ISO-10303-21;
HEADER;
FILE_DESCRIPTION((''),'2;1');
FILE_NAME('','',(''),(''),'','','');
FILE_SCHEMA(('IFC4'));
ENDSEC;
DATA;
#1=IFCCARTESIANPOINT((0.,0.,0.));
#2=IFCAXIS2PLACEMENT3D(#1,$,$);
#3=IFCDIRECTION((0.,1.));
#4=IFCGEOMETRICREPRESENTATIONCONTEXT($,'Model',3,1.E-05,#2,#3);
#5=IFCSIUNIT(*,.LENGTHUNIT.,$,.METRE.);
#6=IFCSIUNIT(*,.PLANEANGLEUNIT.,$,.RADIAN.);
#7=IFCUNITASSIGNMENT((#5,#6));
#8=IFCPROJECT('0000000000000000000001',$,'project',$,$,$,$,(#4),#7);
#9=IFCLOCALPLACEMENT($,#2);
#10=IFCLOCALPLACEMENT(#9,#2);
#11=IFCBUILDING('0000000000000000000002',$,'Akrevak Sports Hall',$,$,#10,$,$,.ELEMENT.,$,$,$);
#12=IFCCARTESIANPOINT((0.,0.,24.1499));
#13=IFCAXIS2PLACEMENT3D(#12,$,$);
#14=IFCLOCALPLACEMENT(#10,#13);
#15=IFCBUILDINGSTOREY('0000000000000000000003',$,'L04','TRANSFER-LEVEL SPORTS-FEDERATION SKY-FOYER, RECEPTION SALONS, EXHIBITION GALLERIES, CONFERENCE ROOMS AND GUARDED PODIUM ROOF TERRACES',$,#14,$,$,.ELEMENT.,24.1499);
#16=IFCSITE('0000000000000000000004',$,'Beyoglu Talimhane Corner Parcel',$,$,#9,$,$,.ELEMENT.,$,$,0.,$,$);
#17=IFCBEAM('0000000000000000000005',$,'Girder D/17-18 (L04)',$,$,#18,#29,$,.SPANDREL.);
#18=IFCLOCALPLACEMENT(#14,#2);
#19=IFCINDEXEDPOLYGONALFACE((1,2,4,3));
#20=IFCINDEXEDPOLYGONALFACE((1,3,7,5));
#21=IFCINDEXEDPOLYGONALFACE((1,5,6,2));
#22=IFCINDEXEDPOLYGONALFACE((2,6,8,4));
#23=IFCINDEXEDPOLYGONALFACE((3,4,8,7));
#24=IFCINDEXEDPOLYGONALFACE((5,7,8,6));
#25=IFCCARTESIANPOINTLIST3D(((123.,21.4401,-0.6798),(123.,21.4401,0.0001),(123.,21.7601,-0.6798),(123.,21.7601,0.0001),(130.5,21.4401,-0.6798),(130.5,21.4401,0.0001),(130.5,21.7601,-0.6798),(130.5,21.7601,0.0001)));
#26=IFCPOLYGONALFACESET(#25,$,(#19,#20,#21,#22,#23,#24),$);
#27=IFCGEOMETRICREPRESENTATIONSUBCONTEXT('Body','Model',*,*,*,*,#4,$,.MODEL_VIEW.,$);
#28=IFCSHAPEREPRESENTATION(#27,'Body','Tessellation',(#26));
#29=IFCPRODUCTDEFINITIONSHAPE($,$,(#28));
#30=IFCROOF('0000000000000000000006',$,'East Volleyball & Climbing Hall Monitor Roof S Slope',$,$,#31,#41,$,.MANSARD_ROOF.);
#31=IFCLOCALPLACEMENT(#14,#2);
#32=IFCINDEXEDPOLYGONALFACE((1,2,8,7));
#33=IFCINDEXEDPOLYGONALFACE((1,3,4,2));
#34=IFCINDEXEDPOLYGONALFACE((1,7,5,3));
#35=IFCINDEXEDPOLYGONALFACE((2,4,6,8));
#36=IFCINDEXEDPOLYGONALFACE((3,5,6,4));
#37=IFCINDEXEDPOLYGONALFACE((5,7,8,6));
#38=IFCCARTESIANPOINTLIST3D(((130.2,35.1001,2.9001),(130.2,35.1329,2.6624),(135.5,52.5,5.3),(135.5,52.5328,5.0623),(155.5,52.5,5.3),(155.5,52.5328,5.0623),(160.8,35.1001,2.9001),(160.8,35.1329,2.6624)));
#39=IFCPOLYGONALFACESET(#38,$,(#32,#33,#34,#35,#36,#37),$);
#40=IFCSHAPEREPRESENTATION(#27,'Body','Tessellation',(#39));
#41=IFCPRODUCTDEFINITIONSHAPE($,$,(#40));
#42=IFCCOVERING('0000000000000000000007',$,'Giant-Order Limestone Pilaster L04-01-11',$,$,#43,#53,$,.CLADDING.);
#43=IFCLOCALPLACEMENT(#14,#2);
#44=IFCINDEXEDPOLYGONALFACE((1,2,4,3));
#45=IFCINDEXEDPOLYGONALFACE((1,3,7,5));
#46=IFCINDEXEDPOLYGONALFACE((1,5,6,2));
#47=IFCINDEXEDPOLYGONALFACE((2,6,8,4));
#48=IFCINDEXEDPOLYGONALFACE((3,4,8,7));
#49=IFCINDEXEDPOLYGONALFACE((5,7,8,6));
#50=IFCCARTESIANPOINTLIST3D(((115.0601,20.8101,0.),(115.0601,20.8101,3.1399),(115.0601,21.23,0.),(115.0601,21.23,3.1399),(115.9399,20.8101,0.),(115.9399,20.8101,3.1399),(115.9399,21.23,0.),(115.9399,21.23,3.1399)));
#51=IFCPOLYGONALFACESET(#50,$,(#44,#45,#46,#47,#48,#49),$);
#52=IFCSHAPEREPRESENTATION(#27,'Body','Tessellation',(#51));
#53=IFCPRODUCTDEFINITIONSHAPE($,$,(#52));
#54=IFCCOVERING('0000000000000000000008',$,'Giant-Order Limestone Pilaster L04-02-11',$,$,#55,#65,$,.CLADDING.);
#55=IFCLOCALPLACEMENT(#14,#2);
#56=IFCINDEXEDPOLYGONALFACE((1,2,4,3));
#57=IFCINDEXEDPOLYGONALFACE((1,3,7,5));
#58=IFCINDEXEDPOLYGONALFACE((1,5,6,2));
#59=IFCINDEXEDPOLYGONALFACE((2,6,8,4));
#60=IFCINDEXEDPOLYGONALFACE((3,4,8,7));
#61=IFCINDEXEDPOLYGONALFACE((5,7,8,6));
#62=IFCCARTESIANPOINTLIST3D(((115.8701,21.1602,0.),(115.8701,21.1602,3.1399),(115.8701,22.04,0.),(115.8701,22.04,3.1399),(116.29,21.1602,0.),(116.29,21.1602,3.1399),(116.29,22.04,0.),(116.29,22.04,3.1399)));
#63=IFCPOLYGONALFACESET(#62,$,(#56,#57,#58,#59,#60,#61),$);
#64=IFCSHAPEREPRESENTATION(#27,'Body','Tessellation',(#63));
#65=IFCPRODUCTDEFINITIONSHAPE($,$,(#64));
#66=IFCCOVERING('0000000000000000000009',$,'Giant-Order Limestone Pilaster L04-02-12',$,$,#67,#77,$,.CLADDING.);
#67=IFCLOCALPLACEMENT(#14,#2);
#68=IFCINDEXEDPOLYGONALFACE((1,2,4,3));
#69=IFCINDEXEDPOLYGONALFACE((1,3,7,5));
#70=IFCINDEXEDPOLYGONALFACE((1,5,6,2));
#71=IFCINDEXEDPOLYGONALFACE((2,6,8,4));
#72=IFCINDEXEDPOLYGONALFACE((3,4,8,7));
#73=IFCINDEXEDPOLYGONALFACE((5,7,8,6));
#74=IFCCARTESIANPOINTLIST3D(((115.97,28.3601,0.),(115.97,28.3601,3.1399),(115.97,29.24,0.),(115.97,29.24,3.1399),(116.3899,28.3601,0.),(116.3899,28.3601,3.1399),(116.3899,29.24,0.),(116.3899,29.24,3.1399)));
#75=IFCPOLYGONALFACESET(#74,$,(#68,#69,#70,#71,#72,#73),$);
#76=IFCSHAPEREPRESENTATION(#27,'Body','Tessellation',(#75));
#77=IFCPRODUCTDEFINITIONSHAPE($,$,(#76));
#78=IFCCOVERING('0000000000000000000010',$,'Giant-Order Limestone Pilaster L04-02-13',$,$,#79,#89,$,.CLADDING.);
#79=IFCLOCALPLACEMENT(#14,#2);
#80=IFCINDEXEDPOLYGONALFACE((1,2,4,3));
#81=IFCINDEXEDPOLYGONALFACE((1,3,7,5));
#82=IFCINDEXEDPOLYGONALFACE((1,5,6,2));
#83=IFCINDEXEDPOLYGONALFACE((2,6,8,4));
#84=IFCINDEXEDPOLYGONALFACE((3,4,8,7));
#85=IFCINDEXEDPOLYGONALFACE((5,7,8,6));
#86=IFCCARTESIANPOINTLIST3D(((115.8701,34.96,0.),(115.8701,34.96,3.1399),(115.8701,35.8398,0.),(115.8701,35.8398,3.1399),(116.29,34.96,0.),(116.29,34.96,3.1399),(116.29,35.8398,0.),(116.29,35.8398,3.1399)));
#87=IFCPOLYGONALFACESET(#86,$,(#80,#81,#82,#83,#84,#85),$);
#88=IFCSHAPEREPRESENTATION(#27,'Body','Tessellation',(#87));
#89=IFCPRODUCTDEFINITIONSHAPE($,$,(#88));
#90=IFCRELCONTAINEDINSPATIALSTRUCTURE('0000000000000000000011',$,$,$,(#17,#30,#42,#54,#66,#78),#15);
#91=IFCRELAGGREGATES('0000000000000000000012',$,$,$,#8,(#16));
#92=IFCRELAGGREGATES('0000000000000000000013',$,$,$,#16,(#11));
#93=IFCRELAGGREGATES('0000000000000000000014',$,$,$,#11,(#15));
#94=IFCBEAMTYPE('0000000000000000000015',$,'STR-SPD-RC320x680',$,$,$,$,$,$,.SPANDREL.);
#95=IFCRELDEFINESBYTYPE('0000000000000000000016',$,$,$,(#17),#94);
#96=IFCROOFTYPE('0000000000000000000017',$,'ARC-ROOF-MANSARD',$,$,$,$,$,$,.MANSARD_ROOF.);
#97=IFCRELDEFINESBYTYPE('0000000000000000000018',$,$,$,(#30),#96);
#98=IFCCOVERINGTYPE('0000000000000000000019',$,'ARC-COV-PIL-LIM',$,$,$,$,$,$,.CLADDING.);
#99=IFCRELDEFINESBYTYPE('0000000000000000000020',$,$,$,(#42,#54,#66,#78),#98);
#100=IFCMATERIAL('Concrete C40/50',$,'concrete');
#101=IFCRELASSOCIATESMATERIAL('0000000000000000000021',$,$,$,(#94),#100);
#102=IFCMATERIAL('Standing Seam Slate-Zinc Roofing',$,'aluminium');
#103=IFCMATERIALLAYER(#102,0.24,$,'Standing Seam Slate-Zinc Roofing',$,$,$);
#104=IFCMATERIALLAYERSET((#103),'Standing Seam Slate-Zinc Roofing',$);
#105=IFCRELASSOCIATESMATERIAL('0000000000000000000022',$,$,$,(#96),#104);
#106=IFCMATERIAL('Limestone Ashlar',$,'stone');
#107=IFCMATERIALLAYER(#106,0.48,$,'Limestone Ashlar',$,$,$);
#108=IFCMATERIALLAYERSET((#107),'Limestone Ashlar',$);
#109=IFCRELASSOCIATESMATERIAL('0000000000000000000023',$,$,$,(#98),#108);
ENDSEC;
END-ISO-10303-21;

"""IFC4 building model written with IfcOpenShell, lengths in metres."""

from ifc_helpers import new_model, si_unit, direction, frame, origin, origin_2d, place, context, subcontext, project, spatial, polyline, rectangle, outline, extrude, material, layer, layer_set, material_profile, profile_set, type_object, element, save


model = new_model("IFC4")

# Units and contexts
model_context = context("Model", 3, precision=1e-05, world=origin(), true_north=direction((0.0, 1.0)))
body_context = subcontext(model_context, "Body", "Model", "MODEL_VIEW")
ifc_project = project(units=[si_unit("LENGTHUNIT", "METRE"), si_unit("PLANEANGLEUNIT", "RADIAN")], contexts=[model_context])

# Site, building, storey
site_placement = place(None, origin())
site = spatial("IfcSite", under=ifc_project, at=site_placement, Name="Beyoglu Talimhane Corner Parcel", CompositionType="ELEMENT", RefElevation=0.0)
building_placement = place(site_placement, origin())
building = spatial("IfcBuilding", under=site, at=building_placement, Name="Akrevak Sports Hall", CompositionType="ELEMENT")
storey_placement = place(building_placement, frame((0.0, 0.0, 24.1499)))
storey = spatial("IfcBuildingStorey", under=building, at=storey_placement, Name="L04", Description="TRANSFER-LEVEL SPORTS-FEDERATION SKY-FOYER, RECEPTION SALONS, EXHIBITION GALLERIES, CONFERENCE ROOMS AND GUARDED PODIUM ROOF TERRACES", CompositionType="ELEMENT", Elevation=24.1499)

# Shared definitions
ifc_material_1 = material(Name="Concrete C40/50", Category="concrete")

# Beam
ifc_material_profile_1 = material_profile(ifc_material_1, rectangle(XDim=0.3201, YDim=0.6799, at=origin_2d()), Name="SPD 320x680", Category="concrete")
ifc_profile_set_1 = profile_set([ifc_material_profile_1], Name="Concrete C40/50")
beam_type_1 = type_object("IfcBeamType", Name="STR-SPD-RC320x680", PredefinedType="SPANDREL", material=ifc_profile_set_1)
for number, where, z_axis, x_axis, name in (
    (1, (123.0, 21.6001, -0.3398), (1.0, 0.0, 0.0), (0.0, 1.0, 0.0), "Girder D/17-18 (L04)"),
):
    element("IfcBeam", number, at=place(storey_placement, frame(where, z_axis=z_axis, x_axis=x_axis)), inside=storey, type_object=beam_type_1, Name=name, PredefinedType="SPANDREL", context=body_context, shape_type="SweptSolid", body=[
        extrude(rectangle(XDim=0.3201, YDim=0.6799, at=origin_2d()), origin(), (0.0, 0.0, 1.0), 7.5),
    ])

# Roof
ifc_material_2 = material(Name="Standing Seam Slate-Zinc Roofing", Category="aluminium")
ifc_layer_1 = layer(ifc_material_2, 0.24, Name="Standing Seam Slate-Zinc Roofing")
ifc_layer_set_1 = layer_set([ifc_layer_1], Name="Standing Seam Slate-Zinc Roofing")
roof_type = type_object("IfcRoofType", Name="ARC-ROOF-MANSARD", PredefinedType="MANSARD_ROOF", material=ifc_layer_set_1)
roof_placement = place(storey_placement, frame((130.2, 35.1001, 2.9001), z_axis=(0.0, -0.136633, 0.990622), x_axis=(1.0, 0.0, 0.0)))
element("IfcRoof", 2, at=roof_placement, inside=storey, type_object=roof_type, Name="East Volleyball & Climbing Hall Monitor Roof S Slope", PredefinedType="MANSARD_ROOF", context=body_context, shape_type="SweptSolid", body=[
    extrude(outline(polyline([(0.0, 0.0), (30.6001, 0.0), (25.3, 17.5646), (5.3, 17.5646), (0.0, 0.0)])), origin(), (0.0, 0.0, -1.0), 0.24),
])

# Coverings
ifc_material_3 = material(Name="Limestone Ashlar", Category="stone")
ifc_layer_2 = layer(ifc_material_3, 0.48, Name="Limestone Ashlar")
ifc_layer_set_2 = layer_set([ifc_layer_2], Name="Limestone Ashlar")
covering_type = type_object("IfcCoveringType", Name="ARC-COV-PIL-LIM", PredefinedType="CLADDING", material=ifc_layer_set_2)
for number, where, z_axis, x_axis, name in (
    (3, (115.5, 21.02, 0.0), (0.0, 0.0, 1.0), (1.0, 0.0, 0.0), "Giant-Order Limestone Pilaster L04-01-11"),
    (4, (116.0801, 21.6001, 0.0), (0.0, 0.0, 1.0), (0.0, 1.0, 0.0), "Giant-Order Limestone Pilaster L04-02-11"),
    (5, (116.1799, 28.8, 0.0), (0.0, 0.0, 1.0), (0.0, 1.0, 0.0), "Giant-Order Limestone Pilaster L04-02-12"),
    (6, (116.0801, 35.3999, 0.0), (0.0, 0.0, 1.0), (0.0, 1.0, 0.0), "Giant-Order Limestone Pilaster L04-02-13"),
):
    element("IfcCovering", number, at=place(storey_placement, frame(where, z_axis=z_axis, x_axis=x_axis)), inside=storey, type_object=covering_type, Name=name, PredefinedType="CLADDING", context=body_context, shape_type="SweptSolid", body=[
        extrude(rectangle(XDim=0.8799, YDim=0.4199, at=origin_2d()), origin(), (0.0, 0.0, 1.0), 3.1399),
    ])

save(model, "model.ifc")
